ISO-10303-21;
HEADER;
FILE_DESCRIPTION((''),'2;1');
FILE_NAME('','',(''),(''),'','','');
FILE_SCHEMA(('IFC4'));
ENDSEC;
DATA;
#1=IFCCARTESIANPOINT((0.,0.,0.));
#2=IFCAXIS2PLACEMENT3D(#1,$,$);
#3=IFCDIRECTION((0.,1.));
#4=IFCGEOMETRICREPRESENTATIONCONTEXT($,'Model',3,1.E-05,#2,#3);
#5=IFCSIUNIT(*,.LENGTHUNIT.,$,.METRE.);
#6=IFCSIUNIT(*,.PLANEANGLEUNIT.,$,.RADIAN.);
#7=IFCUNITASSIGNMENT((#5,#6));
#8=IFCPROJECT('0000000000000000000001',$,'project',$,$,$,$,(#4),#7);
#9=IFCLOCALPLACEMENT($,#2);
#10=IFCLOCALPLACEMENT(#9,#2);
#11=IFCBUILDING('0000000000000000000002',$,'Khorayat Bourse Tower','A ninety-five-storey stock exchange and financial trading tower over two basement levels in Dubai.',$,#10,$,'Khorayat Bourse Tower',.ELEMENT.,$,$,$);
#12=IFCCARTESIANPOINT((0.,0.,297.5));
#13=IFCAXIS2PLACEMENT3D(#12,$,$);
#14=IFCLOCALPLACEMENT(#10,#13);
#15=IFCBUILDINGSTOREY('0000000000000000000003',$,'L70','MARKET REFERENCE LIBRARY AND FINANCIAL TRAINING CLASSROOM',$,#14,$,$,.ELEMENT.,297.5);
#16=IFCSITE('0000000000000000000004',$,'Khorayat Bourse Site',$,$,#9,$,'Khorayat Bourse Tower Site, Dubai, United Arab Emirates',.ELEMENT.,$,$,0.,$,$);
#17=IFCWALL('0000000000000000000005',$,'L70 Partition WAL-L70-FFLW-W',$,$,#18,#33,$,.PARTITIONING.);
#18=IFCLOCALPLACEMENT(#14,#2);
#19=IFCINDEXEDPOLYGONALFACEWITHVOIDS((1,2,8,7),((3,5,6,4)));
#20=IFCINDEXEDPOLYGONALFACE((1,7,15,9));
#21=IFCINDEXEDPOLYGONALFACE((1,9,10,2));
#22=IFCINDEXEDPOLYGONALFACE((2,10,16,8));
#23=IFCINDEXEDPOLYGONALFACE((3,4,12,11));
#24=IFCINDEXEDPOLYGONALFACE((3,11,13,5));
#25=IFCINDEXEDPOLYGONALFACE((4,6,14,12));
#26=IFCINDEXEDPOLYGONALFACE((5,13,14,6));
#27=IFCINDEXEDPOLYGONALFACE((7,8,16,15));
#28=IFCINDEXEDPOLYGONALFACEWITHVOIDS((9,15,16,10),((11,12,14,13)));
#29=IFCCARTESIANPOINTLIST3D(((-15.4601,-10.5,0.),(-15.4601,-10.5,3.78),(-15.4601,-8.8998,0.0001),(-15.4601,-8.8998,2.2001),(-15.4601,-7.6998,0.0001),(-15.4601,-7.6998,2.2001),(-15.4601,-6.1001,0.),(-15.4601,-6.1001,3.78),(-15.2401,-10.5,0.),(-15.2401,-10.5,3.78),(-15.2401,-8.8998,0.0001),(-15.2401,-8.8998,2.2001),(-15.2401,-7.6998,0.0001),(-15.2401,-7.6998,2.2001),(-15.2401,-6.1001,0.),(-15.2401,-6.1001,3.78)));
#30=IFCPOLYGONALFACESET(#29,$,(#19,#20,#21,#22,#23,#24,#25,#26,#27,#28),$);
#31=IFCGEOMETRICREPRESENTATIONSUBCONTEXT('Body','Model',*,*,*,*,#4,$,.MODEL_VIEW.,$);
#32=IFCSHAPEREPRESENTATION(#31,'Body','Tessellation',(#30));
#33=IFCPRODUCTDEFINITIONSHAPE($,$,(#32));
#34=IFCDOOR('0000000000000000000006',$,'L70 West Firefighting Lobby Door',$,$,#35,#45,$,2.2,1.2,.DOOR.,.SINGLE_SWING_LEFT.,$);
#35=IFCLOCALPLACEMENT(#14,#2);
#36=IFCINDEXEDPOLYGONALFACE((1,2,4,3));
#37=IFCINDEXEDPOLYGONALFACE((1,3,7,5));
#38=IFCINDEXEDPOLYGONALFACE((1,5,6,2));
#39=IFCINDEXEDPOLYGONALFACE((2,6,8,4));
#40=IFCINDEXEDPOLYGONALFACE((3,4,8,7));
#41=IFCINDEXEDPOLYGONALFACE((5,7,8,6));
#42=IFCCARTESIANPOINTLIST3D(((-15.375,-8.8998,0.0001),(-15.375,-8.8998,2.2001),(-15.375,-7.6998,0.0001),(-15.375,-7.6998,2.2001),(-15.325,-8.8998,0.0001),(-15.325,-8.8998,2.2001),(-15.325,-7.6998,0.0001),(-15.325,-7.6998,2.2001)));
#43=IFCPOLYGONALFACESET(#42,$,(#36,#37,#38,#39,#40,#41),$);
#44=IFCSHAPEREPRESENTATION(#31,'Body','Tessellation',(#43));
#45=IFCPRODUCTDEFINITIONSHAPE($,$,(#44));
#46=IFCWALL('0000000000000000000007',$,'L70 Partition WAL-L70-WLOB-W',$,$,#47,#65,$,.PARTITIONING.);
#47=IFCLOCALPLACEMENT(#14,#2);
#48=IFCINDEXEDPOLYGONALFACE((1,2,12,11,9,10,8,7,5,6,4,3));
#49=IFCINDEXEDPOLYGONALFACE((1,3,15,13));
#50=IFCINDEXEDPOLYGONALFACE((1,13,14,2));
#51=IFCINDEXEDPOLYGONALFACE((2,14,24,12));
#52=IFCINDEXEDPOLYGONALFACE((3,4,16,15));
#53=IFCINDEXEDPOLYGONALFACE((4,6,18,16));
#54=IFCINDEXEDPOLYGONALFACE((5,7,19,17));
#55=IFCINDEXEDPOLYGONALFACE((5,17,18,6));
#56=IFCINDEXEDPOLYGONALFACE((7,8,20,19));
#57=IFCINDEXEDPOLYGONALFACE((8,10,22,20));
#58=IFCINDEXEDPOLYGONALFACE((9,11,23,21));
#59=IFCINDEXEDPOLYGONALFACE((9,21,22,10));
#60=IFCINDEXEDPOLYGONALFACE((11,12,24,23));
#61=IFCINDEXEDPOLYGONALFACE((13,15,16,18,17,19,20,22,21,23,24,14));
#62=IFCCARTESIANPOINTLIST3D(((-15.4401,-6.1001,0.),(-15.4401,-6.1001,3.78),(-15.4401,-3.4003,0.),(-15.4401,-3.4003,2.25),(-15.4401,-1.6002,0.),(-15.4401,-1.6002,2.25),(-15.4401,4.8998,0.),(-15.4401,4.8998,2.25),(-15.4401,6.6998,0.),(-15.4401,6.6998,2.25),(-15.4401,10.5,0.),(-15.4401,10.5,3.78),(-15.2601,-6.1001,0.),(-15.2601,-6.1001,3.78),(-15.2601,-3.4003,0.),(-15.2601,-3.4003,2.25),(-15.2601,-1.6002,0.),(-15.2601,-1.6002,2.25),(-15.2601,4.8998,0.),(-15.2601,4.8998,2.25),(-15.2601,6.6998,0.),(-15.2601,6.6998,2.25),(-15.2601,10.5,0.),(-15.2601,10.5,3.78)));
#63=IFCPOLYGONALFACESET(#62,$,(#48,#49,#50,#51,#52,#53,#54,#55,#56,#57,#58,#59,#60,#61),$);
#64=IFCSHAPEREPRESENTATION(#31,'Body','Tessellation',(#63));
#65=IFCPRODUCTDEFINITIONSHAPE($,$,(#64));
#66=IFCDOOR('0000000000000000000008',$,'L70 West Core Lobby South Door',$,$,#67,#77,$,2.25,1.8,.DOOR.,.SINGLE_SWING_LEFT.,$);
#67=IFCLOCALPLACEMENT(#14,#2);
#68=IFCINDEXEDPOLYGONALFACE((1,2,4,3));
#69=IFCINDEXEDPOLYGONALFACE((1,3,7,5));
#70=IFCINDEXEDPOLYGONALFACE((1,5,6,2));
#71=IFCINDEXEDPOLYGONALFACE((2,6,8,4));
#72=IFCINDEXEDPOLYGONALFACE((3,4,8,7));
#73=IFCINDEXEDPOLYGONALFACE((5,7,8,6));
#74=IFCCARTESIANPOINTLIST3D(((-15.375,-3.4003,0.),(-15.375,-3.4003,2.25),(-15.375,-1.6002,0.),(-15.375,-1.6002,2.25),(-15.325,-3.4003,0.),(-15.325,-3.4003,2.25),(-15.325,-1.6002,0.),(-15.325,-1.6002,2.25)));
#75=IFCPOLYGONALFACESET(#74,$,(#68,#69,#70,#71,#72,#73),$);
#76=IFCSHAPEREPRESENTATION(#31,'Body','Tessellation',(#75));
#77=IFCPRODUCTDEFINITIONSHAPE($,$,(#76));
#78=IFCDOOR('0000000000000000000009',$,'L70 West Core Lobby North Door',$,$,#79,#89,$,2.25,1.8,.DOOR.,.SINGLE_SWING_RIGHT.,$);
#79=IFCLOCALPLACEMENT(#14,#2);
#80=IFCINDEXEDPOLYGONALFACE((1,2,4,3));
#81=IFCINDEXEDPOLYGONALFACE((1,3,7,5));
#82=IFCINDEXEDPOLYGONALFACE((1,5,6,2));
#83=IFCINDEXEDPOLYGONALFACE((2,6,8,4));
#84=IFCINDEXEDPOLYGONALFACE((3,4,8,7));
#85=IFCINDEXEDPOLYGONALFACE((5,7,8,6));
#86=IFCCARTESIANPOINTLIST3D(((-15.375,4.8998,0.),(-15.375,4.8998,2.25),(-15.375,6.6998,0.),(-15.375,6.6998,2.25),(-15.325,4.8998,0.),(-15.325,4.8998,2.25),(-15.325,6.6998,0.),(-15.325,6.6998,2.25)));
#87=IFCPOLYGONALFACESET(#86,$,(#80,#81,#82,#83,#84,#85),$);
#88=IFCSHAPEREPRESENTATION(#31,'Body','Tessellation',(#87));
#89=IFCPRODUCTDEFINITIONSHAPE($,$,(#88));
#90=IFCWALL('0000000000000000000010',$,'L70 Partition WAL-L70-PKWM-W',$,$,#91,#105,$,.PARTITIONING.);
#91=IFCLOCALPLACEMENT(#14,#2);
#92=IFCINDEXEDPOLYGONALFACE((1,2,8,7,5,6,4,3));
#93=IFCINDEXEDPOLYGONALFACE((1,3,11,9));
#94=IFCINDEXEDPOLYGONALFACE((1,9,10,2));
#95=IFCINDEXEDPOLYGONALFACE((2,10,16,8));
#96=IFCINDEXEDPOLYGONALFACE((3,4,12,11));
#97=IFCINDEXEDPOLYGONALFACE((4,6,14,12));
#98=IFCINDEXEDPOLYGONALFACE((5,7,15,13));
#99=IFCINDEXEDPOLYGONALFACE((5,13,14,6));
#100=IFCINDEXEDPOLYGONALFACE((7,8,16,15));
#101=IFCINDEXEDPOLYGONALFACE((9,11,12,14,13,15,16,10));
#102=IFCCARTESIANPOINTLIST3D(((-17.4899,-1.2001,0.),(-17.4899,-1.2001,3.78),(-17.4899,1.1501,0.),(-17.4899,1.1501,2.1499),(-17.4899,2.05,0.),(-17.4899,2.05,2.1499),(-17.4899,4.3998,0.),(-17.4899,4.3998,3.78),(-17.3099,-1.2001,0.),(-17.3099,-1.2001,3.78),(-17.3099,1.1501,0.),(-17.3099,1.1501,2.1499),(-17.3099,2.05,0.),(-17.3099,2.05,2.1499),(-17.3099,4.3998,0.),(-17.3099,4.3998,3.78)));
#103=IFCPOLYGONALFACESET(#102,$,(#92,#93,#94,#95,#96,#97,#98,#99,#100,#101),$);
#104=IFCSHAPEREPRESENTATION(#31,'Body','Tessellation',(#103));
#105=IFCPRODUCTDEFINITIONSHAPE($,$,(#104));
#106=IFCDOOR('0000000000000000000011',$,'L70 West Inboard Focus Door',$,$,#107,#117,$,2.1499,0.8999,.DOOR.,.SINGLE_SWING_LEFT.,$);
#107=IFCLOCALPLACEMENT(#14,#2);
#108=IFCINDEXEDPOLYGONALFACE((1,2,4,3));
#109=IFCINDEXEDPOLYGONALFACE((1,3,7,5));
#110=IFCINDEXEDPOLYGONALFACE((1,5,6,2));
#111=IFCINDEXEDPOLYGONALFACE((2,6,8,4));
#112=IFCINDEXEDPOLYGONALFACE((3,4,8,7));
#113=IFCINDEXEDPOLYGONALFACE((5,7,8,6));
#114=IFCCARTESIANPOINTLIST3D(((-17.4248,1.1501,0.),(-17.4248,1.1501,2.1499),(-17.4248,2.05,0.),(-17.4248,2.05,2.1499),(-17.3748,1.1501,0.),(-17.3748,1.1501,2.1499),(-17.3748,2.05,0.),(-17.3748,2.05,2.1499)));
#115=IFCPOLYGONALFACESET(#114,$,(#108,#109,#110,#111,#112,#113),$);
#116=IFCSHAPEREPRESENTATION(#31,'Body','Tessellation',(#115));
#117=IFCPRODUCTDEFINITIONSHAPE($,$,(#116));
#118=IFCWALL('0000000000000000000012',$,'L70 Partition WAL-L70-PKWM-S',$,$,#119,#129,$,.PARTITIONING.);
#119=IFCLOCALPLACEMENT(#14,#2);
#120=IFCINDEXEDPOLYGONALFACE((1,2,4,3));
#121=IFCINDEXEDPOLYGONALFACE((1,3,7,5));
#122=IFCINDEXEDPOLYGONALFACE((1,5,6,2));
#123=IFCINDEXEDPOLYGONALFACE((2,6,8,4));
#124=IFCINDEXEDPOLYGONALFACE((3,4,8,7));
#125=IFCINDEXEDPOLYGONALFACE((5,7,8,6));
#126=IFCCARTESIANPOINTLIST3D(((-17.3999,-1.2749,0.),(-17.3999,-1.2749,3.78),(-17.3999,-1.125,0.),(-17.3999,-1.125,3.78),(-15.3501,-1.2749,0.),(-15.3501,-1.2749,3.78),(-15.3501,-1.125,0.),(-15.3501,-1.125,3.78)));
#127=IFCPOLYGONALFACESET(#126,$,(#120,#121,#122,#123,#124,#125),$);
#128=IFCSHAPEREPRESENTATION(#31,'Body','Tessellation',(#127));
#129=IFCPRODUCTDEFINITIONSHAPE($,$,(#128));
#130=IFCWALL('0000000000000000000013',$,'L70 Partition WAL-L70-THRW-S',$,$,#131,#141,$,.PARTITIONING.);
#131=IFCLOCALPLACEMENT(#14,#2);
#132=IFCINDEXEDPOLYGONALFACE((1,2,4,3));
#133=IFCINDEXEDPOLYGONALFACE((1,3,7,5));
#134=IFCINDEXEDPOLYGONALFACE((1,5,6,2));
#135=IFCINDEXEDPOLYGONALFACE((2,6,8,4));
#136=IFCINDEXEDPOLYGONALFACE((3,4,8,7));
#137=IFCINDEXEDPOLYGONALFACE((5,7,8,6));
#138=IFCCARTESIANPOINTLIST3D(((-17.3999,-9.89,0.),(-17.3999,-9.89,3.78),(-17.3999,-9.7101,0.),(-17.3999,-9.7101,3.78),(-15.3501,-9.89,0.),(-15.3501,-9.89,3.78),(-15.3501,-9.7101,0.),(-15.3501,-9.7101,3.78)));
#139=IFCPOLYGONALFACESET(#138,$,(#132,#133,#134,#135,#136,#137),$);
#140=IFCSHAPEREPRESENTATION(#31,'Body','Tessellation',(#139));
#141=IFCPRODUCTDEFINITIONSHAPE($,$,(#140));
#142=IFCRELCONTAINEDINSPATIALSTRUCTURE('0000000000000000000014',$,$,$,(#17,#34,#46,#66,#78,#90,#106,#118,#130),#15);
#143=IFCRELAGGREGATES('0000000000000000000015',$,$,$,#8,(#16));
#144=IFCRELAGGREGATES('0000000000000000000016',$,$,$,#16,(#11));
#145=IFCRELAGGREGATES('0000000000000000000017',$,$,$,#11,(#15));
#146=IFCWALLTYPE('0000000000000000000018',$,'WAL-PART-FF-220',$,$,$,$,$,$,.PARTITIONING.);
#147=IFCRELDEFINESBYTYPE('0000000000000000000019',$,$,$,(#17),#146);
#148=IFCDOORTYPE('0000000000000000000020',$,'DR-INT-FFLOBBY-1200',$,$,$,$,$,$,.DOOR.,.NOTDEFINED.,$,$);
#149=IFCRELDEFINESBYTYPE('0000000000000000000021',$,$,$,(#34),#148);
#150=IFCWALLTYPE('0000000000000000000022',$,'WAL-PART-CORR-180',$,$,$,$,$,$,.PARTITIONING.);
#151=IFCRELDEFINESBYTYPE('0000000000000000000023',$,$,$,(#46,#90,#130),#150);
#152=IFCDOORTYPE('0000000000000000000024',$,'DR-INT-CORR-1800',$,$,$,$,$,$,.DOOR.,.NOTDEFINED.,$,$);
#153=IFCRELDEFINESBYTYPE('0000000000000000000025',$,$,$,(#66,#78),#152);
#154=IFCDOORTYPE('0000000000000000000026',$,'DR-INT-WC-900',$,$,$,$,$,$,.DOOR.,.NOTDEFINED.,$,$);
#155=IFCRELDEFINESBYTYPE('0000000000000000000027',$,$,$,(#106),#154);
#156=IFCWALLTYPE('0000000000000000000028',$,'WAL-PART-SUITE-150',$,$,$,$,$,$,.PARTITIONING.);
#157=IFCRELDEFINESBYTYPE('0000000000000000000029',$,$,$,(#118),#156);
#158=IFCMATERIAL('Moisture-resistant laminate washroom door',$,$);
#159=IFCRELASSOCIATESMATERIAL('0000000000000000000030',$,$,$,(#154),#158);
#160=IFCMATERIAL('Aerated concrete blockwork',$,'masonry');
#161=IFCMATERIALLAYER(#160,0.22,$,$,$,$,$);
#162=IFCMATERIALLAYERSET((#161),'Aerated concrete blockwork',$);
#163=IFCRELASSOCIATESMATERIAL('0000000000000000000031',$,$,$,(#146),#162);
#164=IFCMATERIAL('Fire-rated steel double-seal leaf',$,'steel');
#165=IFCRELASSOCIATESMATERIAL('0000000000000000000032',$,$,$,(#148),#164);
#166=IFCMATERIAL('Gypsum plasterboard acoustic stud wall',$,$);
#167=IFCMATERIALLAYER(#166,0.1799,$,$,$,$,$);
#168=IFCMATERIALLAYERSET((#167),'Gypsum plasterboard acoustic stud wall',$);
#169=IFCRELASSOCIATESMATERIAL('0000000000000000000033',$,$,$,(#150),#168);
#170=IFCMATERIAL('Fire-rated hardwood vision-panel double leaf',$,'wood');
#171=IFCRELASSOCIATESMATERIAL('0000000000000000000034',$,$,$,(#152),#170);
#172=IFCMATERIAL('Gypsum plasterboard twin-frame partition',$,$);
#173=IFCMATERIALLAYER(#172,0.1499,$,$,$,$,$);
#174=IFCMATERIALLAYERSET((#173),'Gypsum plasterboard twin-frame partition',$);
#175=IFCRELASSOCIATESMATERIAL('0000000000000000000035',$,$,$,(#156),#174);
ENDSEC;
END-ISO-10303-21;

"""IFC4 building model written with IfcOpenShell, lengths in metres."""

from ifc_helpers import new_model, si_unit, direction, frame, frame_2d, origin, place, context, subcontext, project, spatial, rectangle, extrude, source, transform, mapped, material, layer, layer_set, type_object, element, fill, save


model = new_model("IFC4")

# Units and contexts
model_context = context("Model", 3, precision=1e-05, world=origin(), true_north=direction((0.0, 1.0)))
body_context = subcontext(model_context, "Body", "Model", "MODEL_VIEW")
ifc_project = project(units=[si_unit("LENGTHUNIT", "METRE"), si_unit("PLANEANGLEUNIT", "RADIAN")], contexts=[model_context])

# Site, building, storey
site_placement = place(None, origin())
site = spatial("IfcSite", under=ifc_project, at=site_placement, Name="Khorayat Bourse Site", LongName="Khorayat Bourse Tower Site, Dubai, United Arab Emirates", CompositionType="ELEMENT", RefElevation=0.0)
building_placement = place(site_placement, origin())
building = spatial("IfcBuilding", under=site, at=building_placement, Name="Khorayat Bourse Tower", Description="A ninety-five-storey stock exchange and financial trading tower over two basement levels in Dubai.", LongName="Khorayat Bourse Tower", CompositionType="ELEMENT")
storey_placement = place(building_placement, frame((0.0, 0.0, 297.5)))
storey = spatial("IfcBuildingStorey", under=building, at=storey_placement, Name="L70", Description="MARKET REFERENCE LIBRARY AND FINANCIAL TRAINING CLASSROOM", CompositionType="ELEMENT", Elevation=297.5)

# Shared definitions
ifc_material_1 = material(Name="Moisture-resistant laminate washroom door")
door_type_1 = type_object("IfcDoorType", Name="DR-INT-WC-900", OperationType="NOTDEFINED", PredefinedType="DOOR", material=ifc_material_1)
shared_shape_1 = source(origin(), body_context, "Body", "SweptSolid", [
    extrude(rectangle(XDim=0.8999, YDim=2.1499, at=frame_2d((0.45, 1.075))), frame((0.0, 0.0249, 0.0), z_axis=(0.0, -1.0, 0.0), x_axis=(1.0, 0.0, 0.0)), (0.0, 0.0, 1.0), 0.05),
])

# Shared definitions
ifc_material_2 = material(Name="Aerated concrete blockwork", Category="masonry")
ifc_layer_1 = layer(ifc_material_2, 0.22)
ifc_layer_set_1 = layer_set([ifc_layer_1], Name="Aerated concrete blockwork")
wall_type_1 = type_object("IfcWallType", Name="WAL-PART-FF-220", PredefinedType="PARTITIONING", material=ifc_layer_set_1)

# Wall, opening, door
shared_shape_2 = source(origin(), body_context, "Body", "SweptSolid", [
    extrude(rectangle(XDim=4.3999, YDim=0.22, at=frame_2d((2.2, 0.0))), origin(), (0.0, 0.0, 1.0), 3.78),
])
wall_1_placement = place(storey_placement, frame((-15.3501, -10.5, 0.0), z_axis=(0.0, 0.0, 1.0), x_axis=(0.0, 1.0, 0.0)))
wall_1 = element("IfcWall", 1, at=wall_1_placement, inside=storey, type_object=wall_type_1, Name="L70 Partition WAL-L70-FFLW-W", PredefinedType="PARTITIONING", context=body_context, shape_type="MappedRepresentation", body=[
    mapped(shared_shape_2, transform((0.0, 0.0, 0.0), scale=1.0)),
])
shared_shape_3 = source(origin(), body_context, "Body", "SweptSolid", [
    extrude(rectangle(XDim=1.2, YDim=2.2, at=frame_2d((0.6001, 1.1001))), frame((0.0, 0.1199, 0.0), z_axis=(0.0, -1.0, 0.0), x_axis=(1.0, 0.0, 0.0)), (0.0, 0.0, 1.0), 0.24),
])
opening_1_placement = place(wall_1_placement, frame((1.6001, 0.0, 0.0)))
opening_1 = element("IfcOpeningElement", 2, at=opening_1_placement, cuts=wall_1, PredefinedType="OPENING", context=body_context, shape_type="MappedRepresentation", body=[
    mapped(shared_shape_3, transform((0.0, 0.0, 0.0), scale=1.0)),
])
ifc_material_3 = material(Name="Fire-rated steel double-seal leaf", Category="steel")
door_type_2 = type_object("IfcDoorType", Name="DR-INT-FFLOBBY-1200", OperationType="NOTDEFINED", PredefinedType="DOOR", material=ifc_material_3)
shared_shape_4 = source(origin(), body_context, "Body", "SweptSolid", [
    extrude(rectangle(XDim=1.2, YDim=2.2, at=frame_2d((0.6001, 1.1001))), frame((0.0, 0.0249, 0.0), z_axis=(0.0, -1.0, 0.0), x_axis=(1.0, 0.0, 0.0)), (0.0, 0.0, 1.0), 0.05),
])
door_1_placement = place(opening_1_placement, origin())
door_1 = element("IfcDoor", 3, at=door_1_placement, inside=storey, type_object=door_type_2, Name="L70 West Firefighting Lobby Door", OperationType="SINGLE_SWING_LEFT", OverallHeight=2.2, OverallWidth=1.2, PredefinedType="DOOR", context=body_context, shape_type="MappedRepresentation", body=[
    mapped(shared_shape_4, transform((0.0, 0.0, 0.0), scale=1.0)),
])
fill(opening_1, door_1)

# Wall, openings, doors
ifc_material_4 = material(Name="Gypsum plasterboard acoustic stud wall")
ifc_layer_2 = layer(ifc_material_4, 0.1799)
ifc_layer_set_2 = layer_set([ifc_layer_2], Name="Gypsum plasterboard acoustic stud wall")
wall_type_2 = type_object("IfcWallType", Name="WAL-PART-CORR-180", PredefinedType="PARTITIONING", material=ifc_layer_set_2)
shared_shape_5 = source(origin(), body_context, "Body", "SweptSolid", [
    extrude(rectangle(XDim=16.6001, YDim=0.1799, at=frame_2d((8.3, 0.0))), origin(), (0.0, 0.0, 1.0), 3.78),
])
wall_2_placement = place(storey_placement, frame((-15.3501, -6.1001, 0.0), z_axis=(0.0, 0.0, 1.0), x_axis=(0.0, 1.0, 0.0)))
wall_2 = element("IfcWall", 4, at=wall_2_placement, inside=storey, type_object=wall_type_2, Name="L70 Partition WAL-L70-WLOB-W", PredefinedType="PARTITIONING", context=body_context, shape_type="MappedRepresentation", body=[
    mapped(shared_shape_5, transform((0.0, 0.0, 0.0), scale=1.0)),
])
shared_shape_6 = source(origin(), body_context, "Body", "SweptSolid", [
    extrude(rectangle(XDim=1.8, YDim=2.25, at=frame_2d((0.8999, 1.125))), frame((0.0, 0.0999, 0.0), z_axis=(0.0, -1.0, 0.0), x_axis=(1.0, 0.0, 0.0)), (0.0, 0.0, 1.0), 0.2),
])
opening_2_placement = place(wall_2_placement, frame((2.7, 0.0, 0.0)))
opening_2 = element("IfcOpeningElement", 5, at=opening_2_placement, cuts=wall_2, PredefinedType="OPENING", context=body_context, shape_type="MappedRepresentation", body=[
    mapped(shared_shape_6, transform((0.0, 0.0, 0.0), scale=1.0)),
])
opening_3_placement = place(wall_2_placement, frame((11.0, 0.0, 0.0)))
opening_3 = element("IfcOpeningElement", 6, at=opening_3_placement, cuts=wall_2, PredefinedType="OPENING", context=body_context, shape_type="MappedRepresentation", body=[
    mapped(shared_shape_6, transform((0.0, 0.0, 0.0), scale=1.0)),
])
ifc_material_5 = material(Name="Fire-rated hardwood vision-panel double leaf", Category="wood")
door_type_3 = type_object("IfcDoorType", Name="DR-INT-CORR-1800", OperationType="NOTDEFINED", PredefinedType="DOOR", material=ifc_material_5)
shared_shape_7 = source(origin(), body_context, "Body", "SweptSolid", [
    extrude(rectangle(XDim=1.8, YDim=2.25, at=frame_2d((0.8999, 1.125))), frame((0.0, 0.0249, 0.0), z_axis=(0.0, -1.0, 0.0), x_axis=(1.0, 0.0, 0.0)), (0.0, 0.0, 1.0), 0.05),
])
door_2_placement = place(opening_2_placement, origin())
door_2 = element("IfcDoor", 7, at=door_2_placement, inside=storey, type_object=door_type_3, Name="L70 West Core Lobby South Door", OperationType="SINGLE_SWING_LEFT", OverallHeight=2.25, OverallWidth=1.8, PredefinedType="DOOR", context=body_context, shape_type="MappedRepresentation", body=[
    mapped(shared_shape_7, transform((0.0, 0.0, 0.0), scale=1.0)),
])
fill(opening_2, door_2)
door_3_placement = place(opening_3_placement, origin())
door_3 = element("IfcDoor", 8, at=door_3_placement, inside=storey, type_object=door_type_3, Name="L70 West Core Lobby North Door", OperationType="SINGLE_SWING_RIGHT", OverallHeight=2.25, OverallWidth=1.8, PredefinedType="DOOR", context=body_context, shape_type="MappedRepresentation", body=[
    mapped(shared_shape_7, transform((0.0, 0.0, 0.0), scale=1.0)),
])
fill(opening_3, door_3)

# Wall, opening, door
shared_shape_8 = source(origin(), body_context, "Body", "SweptSolid", [
    extrude(rectangle(XDim=5.5999, YDim=0.1799, at=frame_2d((2.7998, 0.0))), origin(), (0.0, 0.0, 1.0), 3.78),
])
wall_3_placement = place(storey_placement, frame((-17.3999, -1.2, 0.0), z_axis=(0.0, 0.0, 1.0), x_axis=(0.0, 1.0, 0.0)))
wall_3 = element("IfcWall", 9, at=wall_3_placement, inside=storey, type_object=wall_type_2, Name="L70 Partition WAL-L70-PKWM-W", PredefinedType="PARTITIONING", context=body_context, shape_type="MappedRepresentation", body=[
    mapped(shared_shape_8, transform((0.0, 0.0, 0.0), scale=1.0)),
])
shared_shape_9 = source(origin(), body_context, "Body", "SweptSolid", [
    extrude(rectangle(XDim=0.8999, YDim=2.1499, at=frame_2d((0.45, 1.075))), frame((0.0, 0.0999, 0.0), z_axis=(0.0, -1.0, 0.0), x_axis=(1.0, 0.0, 0.0)), (0.0, 0.0, 1.0), 0.2),
])
opening_4_placement = place(wall_3_placement, frame((2.3501, 0.0, 0.0)))
opening_4 = element("IfcOpeningElement", 10, at=opening_4_placement, cuts=wall_3, PredefinedType="OPENING", context=body_context, shape_type="MappedRepresentation", body=[
    mapped(shared_shape_9, transform((0.0, 0.0, 0.0), scale=1.0)),
])
door_4_placement = place(opening_4_placement, origin())
door_4 = element("IfcDoor", 11, at=door_4_placement, inside=storey, type_object=door_type_1, Name="L70 West Inboard Focus Door", OperationType="SINGLE_SWING_LEFT", OverallHeight=2.1499, OverallWidth=0.8999, PredefinedType="DOOR", context=body_context, shape_type="MappedRepresentation", body=[
    mapped(shared_shape_1, transform((0.0, 0.0, 0.0), scale=1.0)),
])
fill(opening_4, door_4)

# Walls
ifc_material_6 = material(Name="Gypsum plasterboard twin-frame partition")
ifc_layer_3 = layer(ifc_material_6, 0.1499)
ifc_layer_set_3 = layer_set([ifc_layer_3], Name="Gypsum plasterboard twin-frame partition")
wall_type_3 = type_object("IfcWallType", Name="WAL-PART-SUITE-150", PredefinedType="PARTITIONING", material=ifc_layer_set_3)
shared_shape_10 = source(origin(), body_context, "Body", "SweptSolid", [
    extrude(rectangle(XDim=2.0498, YDim=0.1499, at=frame_2d((1.0249, 0.0))), origin(), (0.0, 0.0, 1.0), 3.78),
])
wall_4_placement = place(storey_placement, frame((-17.3999, -1.2, 0.0), z_axis=(0.0, 0.0, 1.0), x_axis=(1.0, 0.0, 0.0)))
element("IfcWall", 12, at=wall_4_placement, inside=storey, type_object=wall_type_3, Name="L70 Partition WAL-L70-PKWM-S", PredefinedType="PARTITIONING", context=body_context, shape_type="MappedRepresentation", body=[
    mapped(shared_shape_10, transform((0.0, 0.0, 0.0), scale=1.0)),
])
shared_shape_11 = source(origin(), body_context, "Body", "SweptSolid", [
    extrude(rectangle(XDim=2.0498, YDim=0.1799, at=frame_2d((1.0249, 0.0))), origin(), (0.0, 0.0, 1.0), 3.78),
])
wall_5_placement = place(storey_placement, frame((-17.3999, -9.8, 0.0), z_axis=(0.0, 0.0, 1.0), x_axis=(1.0, 0.0, 0.0)))
element("IfcWall", 13, at=wall_5_placement, inside=storey, type_object=wall_type_2, Name="L70 Partition WAL-L70-THRW-S", PredefinedType="PARTITIONING", context=body_context, shape_type="MappedRepresentation", body=[
    mapped(shared_shape_11, transform((0.0, 0.0, 0.0), scale=1.0)),
])

save(model, "model.ifc")
